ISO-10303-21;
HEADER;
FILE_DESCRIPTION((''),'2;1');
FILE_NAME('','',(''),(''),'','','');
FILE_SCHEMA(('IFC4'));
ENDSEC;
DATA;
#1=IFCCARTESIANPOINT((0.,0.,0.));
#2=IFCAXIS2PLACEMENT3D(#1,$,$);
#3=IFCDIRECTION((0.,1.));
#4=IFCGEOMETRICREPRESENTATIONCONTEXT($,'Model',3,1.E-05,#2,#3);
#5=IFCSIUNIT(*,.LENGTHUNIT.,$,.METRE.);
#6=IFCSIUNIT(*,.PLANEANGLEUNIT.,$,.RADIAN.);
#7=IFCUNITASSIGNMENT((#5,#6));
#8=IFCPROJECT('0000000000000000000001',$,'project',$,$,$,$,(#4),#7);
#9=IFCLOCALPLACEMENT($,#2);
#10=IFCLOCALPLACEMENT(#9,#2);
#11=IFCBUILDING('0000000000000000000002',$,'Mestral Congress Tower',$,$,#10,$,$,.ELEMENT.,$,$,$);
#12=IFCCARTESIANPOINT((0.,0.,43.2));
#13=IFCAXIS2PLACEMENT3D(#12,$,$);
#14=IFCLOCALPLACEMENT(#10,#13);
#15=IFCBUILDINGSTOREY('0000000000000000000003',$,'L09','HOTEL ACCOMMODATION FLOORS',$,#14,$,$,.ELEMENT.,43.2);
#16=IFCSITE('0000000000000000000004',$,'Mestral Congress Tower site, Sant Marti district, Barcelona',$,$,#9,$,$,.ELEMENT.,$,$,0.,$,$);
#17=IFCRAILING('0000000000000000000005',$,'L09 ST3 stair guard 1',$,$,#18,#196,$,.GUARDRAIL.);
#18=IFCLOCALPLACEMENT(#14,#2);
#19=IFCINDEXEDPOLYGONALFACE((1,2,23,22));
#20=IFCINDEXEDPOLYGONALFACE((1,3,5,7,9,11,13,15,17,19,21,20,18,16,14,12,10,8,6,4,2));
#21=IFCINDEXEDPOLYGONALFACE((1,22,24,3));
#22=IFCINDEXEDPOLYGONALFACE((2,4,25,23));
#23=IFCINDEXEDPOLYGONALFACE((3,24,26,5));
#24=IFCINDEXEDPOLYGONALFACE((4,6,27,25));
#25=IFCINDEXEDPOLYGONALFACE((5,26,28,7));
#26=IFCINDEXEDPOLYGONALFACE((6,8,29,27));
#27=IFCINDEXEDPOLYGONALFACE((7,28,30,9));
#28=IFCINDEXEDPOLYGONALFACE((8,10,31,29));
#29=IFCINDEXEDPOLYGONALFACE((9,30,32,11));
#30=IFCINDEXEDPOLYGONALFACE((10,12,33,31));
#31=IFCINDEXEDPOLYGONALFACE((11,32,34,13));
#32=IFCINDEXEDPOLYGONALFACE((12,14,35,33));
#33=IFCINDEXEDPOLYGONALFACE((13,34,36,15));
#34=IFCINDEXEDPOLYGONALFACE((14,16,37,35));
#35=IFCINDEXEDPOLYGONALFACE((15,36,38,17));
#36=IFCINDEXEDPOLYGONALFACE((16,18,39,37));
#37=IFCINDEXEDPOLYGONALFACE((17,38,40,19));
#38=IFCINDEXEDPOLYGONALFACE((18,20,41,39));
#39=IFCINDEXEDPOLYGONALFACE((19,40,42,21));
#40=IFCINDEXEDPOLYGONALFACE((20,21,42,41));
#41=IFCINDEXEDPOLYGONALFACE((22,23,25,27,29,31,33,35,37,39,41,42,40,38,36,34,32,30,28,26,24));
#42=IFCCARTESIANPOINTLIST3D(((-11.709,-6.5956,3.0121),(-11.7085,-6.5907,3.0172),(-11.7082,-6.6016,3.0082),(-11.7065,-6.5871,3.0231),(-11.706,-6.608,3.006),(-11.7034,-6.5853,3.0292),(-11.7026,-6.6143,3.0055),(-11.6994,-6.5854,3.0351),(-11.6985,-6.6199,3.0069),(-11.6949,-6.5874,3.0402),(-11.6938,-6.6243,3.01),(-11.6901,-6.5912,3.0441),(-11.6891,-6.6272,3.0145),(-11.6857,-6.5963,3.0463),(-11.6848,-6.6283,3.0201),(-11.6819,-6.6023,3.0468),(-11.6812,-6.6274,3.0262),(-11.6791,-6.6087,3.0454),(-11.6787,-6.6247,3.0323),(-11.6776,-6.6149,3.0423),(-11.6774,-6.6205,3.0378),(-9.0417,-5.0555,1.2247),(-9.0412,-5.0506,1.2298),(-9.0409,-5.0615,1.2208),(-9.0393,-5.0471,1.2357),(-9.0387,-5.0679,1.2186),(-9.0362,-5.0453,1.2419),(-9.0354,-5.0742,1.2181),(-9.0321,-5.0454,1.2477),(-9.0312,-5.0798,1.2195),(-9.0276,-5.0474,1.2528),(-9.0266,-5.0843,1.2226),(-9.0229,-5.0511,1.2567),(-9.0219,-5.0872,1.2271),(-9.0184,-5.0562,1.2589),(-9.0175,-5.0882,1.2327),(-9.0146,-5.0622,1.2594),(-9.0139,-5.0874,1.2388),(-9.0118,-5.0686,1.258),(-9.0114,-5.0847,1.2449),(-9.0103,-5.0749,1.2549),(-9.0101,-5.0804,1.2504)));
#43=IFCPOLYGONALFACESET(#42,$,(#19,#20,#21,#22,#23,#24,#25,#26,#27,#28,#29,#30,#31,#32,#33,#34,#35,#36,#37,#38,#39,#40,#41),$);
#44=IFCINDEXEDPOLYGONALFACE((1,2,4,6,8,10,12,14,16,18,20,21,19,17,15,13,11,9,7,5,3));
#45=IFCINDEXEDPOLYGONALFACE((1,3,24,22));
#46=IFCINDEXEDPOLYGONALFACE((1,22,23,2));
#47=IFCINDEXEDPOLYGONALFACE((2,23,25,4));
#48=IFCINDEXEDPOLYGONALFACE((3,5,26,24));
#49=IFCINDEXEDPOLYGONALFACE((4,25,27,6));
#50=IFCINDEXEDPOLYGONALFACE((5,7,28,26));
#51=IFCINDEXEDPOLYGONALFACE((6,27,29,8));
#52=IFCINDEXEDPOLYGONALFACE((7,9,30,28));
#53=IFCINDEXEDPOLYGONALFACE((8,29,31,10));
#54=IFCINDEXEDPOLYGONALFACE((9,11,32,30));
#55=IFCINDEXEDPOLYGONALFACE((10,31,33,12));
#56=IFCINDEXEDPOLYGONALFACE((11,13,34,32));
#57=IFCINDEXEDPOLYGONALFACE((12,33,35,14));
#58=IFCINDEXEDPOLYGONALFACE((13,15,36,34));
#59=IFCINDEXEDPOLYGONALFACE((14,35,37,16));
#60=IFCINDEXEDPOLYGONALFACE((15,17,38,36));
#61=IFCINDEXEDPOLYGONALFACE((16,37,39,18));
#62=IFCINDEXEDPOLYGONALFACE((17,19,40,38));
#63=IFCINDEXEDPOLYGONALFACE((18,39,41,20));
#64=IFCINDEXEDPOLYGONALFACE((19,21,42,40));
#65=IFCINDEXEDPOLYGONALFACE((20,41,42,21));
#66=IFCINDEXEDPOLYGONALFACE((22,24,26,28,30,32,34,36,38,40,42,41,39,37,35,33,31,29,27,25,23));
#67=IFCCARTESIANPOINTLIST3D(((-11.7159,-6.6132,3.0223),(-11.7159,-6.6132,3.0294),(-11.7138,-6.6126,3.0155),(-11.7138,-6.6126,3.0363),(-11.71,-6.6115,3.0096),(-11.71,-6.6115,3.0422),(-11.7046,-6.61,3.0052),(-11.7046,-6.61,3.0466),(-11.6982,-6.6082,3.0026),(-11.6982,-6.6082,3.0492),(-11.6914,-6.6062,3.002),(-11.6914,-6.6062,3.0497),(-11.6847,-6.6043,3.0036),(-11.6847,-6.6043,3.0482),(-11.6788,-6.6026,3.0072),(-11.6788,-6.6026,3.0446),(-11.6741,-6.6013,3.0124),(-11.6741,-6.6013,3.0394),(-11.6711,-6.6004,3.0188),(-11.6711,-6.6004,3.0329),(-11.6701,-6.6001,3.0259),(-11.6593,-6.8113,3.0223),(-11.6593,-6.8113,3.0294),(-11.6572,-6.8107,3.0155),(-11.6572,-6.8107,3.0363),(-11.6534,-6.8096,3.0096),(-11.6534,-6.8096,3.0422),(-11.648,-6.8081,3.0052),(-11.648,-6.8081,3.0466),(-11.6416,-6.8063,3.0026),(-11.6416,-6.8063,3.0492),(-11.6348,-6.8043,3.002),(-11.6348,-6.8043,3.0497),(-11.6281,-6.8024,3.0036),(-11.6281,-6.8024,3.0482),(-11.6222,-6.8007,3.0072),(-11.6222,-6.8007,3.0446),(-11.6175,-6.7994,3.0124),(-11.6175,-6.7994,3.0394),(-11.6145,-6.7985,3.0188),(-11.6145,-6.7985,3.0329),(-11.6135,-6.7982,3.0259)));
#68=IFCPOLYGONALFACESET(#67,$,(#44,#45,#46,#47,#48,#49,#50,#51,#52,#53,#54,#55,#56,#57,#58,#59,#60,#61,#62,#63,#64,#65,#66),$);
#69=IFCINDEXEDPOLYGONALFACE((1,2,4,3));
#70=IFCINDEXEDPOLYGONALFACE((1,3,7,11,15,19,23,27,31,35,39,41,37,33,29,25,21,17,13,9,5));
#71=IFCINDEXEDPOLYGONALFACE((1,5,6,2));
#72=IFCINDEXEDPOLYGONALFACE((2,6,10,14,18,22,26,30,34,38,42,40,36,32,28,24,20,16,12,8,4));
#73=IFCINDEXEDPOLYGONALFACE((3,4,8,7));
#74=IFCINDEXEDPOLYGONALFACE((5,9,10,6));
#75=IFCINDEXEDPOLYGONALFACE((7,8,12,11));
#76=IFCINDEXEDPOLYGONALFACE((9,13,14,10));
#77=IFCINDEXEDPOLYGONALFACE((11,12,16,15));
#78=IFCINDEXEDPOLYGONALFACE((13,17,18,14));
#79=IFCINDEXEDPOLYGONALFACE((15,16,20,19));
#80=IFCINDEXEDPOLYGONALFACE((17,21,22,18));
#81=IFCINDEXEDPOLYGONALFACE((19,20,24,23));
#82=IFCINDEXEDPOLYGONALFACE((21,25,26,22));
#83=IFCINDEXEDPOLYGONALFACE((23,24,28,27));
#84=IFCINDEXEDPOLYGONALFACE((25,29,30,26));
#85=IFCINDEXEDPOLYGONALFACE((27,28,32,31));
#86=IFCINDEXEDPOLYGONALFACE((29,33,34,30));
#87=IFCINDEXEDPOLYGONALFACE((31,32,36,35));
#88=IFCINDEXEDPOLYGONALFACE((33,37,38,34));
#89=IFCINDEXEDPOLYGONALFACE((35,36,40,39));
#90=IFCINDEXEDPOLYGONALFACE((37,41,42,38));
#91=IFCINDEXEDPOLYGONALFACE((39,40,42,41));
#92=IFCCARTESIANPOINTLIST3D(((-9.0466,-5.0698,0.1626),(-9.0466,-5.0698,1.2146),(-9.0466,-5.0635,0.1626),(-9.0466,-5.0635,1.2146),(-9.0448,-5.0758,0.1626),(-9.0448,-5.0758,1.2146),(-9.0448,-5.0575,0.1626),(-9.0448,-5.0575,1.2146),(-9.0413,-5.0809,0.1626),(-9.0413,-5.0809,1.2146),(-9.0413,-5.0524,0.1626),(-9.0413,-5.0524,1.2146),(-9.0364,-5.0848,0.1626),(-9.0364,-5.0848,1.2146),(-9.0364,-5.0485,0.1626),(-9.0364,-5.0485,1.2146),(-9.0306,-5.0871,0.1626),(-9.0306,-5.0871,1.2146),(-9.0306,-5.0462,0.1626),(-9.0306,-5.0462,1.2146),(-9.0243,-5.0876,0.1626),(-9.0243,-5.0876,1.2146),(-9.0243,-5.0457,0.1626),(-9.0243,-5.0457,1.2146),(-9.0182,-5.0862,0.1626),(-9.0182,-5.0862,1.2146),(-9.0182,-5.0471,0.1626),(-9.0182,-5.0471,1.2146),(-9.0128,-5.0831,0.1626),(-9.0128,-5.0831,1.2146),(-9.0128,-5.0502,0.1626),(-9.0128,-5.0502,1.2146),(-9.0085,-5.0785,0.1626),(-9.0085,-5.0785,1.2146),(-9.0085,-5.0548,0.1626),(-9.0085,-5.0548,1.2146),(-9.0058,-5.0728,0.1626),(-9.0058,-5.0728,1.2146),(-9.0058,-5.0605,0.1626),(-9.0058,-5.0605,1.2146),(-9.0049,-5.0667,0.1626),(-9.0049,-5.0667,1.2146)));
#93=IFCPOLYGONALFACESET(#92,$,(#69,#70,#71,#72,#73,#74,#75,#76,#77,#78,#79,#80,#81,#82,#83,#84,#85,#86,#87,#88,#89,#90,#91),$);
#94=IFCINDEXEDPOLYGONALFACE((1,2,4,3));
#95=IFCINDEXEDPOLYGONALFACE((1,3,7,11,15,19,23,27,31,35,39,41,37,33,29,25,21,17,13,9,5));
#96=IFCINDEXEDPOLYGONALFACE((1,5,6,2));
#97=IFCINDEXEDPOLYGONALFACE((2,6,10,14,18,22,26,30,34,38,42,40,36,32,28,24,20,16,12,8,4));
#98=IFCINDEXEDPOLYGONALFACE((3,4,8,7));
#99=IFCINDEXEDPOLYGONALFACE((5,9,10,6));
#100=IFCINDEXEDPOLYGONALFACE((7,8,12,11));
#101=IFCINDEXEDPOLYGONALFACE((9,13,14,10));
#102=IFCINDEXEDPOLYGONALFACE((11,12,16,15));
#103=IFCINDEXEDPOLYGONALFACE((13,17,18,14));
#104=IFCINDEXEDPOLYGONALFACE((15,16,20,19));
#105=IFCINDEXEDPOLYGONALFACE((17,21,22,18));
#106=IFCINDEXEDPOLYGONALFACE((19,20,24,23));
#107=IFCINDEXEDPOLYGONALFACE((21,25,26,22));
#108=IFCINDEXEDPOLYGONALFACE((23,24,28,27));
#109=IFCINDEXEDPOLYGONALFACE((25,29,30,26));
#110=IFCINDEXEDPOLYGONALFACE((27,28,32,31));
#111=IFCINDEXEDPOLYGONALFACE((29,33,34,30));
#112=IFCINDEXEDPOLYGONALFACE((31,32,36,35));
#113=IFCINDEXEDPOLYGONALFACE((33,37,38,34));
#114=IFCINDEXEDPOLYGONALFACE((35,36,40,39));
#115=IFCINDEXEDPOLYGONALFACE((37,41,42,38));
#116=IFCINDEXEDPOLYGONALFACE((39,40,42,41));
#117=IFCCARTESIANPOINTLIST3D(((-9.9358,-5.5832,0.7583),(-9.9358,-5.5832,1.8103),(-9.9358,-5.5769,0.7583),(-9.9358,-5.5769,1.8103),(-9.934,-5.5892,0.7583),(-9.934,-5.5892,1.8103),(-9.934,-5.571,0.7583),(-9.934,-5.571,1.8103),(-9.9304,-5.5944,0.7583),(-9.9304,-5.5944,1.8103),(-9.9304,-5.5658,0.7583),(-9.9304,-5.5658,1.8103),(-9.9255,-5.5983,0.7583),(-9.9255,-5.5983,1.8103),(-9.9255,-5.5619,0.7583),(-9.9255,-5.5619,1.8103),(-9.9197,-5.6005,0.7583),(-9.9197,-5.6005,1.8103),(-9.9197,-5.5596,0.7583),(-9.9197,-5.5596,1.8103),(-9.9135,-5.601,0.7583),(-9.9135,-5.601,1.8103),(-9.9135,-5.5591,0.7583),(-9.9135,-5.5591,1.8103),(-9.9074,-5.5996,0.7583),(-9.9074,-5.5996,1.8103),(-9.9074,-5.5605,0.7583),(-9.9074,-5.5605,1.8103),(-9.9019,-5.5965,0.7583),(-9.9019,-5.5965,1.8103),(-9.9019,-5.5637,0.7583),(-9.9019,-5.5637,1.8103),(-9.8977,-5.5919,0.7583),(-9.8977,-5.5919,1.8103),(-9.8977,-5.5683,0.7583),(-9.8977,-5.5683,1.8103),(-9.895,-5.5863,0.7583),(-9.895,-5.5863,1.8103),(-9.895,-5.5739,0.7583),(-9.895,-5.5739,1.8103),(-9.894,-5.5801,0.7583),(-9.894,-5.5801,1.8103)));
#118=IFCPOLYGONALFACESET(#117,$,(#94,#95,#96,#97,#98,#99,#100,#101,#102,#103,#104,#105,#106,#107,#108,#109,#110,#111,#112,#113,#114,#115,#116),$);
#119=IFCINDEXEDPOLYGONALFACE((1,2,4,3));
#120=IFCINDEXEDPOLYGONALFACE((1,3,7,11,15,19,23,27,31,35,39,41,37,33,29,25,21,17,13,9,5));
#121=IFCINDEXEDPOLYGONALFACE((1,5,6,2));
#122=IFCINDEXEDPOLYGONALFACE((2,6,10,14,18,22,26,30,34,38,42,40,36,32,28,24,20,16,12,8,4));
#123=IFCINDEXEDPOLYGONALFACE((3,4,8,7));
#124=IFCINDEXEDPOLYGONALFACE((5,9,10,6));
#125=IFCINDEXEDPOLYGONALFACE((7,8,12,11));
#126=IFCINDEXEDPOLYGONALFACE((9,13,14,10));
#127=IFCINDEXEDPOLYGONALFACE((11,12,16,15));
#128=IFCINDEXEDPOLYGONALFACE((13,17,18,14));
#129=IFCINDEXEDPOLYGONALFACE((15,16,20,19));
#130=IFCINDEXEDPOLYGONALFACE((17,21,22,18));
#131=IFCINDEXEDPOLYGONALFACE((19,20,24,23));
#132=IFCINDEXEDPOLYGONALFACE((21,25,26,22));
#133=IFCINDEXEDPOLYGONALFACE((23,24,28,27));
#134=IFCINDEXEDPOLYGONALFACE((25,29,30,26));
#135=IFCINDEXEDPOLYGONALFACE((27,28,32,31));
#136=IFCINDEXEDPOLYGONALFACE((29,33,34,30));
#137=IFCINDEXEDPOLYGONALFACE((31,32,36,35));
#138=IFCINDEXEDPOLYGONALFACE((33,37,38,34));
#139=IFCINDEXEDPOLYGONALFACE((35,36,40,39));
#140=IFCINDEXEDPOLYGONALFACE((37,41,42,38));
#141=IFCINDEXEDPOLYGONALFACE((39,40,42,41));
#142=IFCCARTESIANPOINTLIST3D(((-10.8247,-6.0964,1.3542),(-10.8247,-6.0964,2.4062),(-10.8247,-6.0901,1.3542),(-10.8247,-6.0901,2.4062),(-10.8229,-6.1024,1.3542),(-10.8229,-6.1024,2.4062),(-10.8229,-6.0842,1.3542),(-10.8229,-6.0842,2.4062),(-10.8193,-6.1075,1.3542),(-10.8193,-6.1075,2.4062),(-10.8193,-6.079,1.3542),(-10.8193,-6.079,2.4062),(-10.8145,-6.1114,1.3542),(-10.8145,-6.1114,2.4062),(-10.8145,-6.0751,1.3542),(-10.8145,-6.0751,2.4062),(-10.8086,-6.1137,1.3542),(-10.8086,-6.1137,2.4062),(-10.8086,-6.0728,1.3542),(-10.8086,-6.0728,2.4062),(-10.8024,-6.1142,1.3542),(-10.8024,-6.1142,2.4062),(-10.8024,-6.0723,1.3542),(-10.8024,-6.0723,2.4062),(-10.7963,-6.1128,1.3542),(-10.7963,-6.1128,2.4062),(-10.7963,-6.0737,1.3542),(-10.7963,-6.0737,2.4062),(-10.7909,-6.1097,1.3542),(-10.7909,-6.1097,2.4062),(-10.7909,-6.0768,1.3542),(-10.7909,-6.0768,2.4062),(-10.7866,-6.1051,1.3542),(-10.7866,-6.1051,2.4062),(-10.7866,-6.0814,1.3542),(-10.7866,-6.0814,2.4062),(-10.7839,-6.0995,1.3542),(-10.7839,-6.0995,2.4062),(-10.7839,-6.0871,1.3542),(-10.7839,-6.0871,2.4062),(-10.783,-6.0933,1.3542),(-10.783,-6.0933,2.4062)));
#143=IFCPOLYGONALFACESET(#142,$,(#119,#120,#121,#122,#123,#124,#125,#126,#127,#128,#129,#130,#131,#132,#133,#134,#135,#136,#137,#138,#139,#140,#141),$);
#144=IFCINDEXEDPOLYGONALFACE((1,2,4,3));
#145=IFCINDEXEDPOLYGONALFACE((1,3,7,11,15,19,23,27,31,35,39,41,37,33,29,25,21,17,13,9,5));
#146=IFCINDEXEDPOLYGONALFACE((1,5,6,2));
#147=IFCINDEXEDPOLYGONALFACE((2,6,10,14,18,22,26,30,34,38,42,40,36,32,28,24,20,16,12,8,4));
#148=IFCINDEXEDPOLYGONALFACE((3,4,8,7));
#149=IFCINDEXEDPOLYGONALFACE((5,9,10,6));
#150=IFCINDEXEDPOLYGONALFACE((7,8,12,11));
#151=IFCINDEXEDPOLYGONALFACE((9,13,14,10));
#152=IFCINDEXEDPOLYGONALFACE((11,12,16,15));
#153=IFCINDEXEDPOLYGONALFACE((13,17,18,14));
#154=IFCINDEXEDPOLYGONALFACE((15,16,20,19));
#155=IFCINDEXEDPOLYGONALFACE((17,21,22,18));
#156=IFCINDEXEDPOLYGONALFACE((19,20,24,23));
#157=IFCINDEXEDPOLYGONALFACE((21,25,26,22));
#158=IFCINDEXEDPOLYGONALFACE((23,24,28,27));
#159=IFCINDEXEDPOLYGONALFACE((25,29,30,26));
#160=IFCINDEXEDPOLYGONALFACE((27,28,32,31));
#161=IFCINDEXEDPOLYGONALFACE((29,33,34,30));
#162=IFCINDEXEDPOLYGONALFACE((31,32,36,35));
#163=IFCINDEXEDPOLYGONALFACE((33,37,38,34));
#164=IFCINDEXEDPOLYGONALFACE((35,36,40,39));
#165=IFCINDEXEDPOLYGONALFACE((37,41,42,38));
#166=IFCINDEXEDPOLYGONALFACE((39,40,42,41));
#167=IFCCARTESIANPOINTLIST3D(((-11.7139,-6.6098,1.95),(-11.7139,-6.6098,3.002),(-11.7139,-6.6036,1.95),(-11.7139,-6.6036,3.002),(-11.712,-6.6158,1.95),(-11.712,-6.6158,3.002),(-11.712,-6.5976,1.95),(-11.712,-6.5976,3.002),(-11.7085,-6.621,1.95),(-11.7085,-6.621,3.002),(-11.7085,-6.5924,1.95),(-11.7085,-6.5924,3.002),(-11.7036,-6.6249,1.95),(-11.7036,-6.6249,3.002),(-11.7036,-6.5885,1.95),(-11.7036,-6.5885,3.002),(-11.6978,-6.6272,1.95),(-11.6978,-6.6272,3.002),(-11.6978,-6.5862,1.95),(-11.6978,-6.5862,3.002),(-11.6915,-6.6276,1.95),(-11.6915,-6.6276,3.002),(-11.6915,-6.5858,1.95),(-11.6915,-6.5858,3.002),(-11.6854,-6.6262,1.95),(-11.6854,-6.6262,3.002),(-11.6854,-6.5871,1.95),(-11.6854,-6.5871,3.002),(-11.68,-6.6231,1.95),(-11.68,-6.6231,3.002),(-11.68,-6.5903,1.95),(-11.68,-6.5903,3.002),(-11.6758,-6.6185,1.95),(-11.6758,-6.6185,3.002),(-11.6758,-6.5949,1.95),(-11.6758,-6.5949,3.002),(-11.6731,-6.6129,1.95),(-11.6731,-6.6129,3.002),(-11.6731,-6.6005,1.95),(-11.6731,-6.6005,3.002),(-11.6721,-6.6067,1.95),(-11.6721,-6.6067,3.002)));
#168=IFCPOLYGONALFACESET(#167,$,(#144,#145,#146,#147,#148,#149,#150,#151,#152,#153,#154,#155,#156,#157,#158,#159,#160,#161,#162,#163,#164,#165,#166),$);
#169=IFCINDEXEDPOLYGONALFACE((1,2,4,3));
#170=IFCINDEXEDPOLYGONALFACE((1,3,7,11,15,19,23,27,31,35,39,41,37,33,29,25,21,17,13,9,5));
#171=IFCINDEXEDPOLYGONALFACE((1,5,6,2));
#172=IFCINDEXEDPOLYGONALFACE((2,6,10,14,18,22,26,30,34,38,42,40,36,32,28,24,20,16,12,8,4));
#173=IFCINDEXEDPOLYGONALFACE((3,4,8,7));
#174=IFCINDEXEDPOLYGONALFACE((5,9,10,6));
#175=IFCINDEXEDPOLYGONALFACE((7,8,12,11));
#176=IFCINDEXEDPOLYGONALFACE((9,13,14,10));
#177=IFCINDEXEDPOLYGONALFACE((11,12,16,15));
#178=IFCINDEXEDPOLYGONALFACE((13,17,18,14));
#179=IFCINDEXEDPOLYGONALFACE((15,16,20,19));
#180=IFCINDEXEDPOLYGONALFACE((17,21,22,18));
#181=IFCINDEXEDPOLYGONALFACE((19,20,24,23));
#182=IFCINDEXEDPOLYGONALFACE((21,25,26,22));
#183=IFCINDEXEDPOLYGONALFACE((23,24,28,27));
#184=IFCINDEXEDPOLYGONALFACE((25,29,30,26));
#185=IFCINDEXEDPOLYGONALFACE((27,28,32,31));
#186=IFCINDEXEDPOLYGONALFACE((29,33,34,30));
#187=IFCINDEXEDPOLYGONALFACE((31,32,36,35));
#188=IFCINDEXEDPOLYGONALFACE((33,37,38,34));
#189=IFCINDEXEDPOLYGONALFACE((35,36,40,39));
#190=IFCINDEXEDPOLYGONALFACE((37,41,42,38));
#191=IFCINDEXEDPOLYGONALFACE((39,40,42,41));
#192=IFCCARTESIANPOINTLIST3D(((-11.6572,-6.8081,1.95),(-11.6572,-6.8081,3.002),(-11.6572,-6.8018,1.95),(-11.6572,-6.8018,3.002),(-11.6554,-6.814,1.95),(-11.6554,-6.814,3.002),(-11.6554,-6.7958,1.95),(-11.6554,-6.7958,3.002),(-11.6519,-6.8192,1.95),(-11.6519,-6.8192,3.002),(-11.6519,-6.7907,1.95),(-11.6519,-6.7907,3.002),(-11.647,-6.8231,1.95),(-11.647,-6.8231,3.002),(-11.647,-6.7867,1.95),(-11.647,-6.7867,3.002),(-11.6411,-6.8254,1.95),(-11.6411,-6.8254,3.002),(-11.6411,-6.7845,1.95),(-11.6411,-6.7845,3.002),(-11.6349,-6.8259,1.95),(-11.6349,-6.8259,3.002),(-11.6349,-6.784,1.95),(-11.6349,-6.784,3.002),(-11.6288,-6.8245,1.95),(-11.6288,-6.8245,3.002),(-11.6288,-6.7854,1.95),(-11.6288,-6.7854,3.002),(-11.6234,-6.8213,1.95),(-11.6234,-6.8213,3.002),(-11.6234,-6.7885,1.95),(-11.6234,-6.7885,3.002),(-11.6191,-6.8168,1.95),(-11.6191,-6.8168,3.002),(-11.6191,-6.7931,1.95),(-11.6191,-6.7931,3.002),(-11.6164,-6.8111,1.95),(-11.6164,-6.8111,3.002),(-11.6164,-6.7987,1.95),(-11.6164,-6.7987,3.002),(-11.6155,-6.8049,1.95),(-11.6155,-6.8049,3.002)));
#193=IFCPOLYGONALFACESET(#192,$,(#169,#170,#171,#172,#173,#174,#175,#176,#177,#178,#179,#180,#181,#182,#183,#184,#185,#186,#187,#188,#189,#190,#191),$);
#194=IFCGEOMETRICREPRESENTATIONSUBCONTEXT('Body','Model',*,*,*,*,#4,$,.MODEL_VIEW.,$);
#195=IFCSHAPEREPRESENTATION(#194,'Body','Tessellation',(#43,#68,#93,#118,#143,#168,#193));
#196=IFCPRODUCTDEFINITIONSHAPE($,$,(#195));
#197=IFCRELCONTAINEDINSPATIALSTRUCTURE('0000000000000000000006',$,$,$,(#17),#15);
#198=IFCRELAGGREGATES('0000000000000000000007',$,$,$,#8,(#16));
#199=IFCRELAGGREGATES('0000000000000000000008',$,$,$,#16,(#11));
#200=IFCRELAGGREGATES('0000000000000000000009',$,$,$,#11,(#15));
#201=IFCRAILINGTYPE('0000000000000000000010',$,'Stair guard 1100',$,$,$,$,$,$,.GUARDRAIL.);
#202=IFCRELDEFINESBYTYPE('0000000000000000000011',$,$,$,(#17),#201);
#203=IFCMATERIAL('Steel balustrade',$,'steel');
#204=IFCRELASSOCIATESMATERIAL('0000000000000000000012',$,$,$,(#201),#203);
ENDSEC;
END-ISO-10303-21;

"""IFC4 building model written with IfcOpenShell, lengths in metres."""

from ifc_helpers import new_model, si_unit, direction, frame, origin, origin_2d, place, context, subcontext, project, spatial, circle, extrude, material, type_object, element, save


model = new_model("IFC4")

# Units and contexts
model_context = context("Model", 3, precision=1e-05, world=origin(), true_north=direction((0.0, 1.0)))
body_context = subcontext(model_context, "Body", "Model", "MODEL_VIEW")
ifc_project = project(units=[si_unit("LENGTHUNIT", "METRE"), si_unit("PLANEANGLEUNIT", "RADIAN")], contexts=[model_context])

# Site, building, storey
site_placement = place(None, origin())
site = spatial("IfcSite", under=ifc_project, at=site_placement, Name="Mestral Congress Tower site, Sant Marti district, Barcelona", CompositionType="ELEMENT", RefElevation=0.0)
building_placement = place(site_placement, origin())
building = spatial("IfcBuilding", under=site, at=building_placement, Name="Mestral Congress Tower", CompositionType="ELEMENT")
storey_placement = place(building_placement, frame((0.0, 0.0, 43.2)))
storey = spatial("IfcBuildingStorey", under=building, at=storey_placement, Name="L09", Description="HOTEL ACCOMMODATION FLOORS", CompositionType="ELEMENT", Elevation=43.2)

# Railing
ifc_material_1 = material(Name="Steel balustrade", Category="steel")
railing_type_1 = type_object("IfcRailingType", Name="Stair guard 1100", PredefinedType="GUARDRAIL", material=ifc_material_1)
railing_1_placement = place(storey_placement, frame((-9.0259, -5.0667, 0.1626)))
element("IfcRailing", 1, at=railing_1_placement, inside=storey, type_object=railing_type_1, Name="L09 ST3 stair guard 1", PredefinedType="GUARDRAIL", context=body_context, shape_type="SweptSolid", body=[
    extrude(circle(Radius=0.0239, at=origin_2d()), frame((0.0, 0.0, 1.0762), z_axis=(-0.74902, -0.432477, 0.501929), x_axis=(0.500027, -0.86601, 0.0)), (0.0, 0.0, 1.0), 3.561),
    extrude(circle(Radius=0.0239, at=origin_2d()), frame((-2.6672, -1.54, 2.8633), z_axis=(0.274721, -0.961524, 0.0), x_axis=(0.961524, 0.274721, 0.0)), (0.0, 0.0, 1.0), 0.2061),
    extrude(circle(Radius=0.021, at=origin_2d()), origin(), (0.0, 0.0, 1.0), 1.052),
    extrude(circle(Radius=0.021, at=origin_2d()), frame((-0.8892, -0.5134, 0.5957)), (0.0, 0.0, 1.0), 1.052),
    extrude(circle(Radius=0.021, at=origin_2d()), frame((-1.7781, -1.0266, 1.1917)), (0.0, 0.0, 1.0), 1.052),
    extrude(circle(Radius=0.021, at=origin_2d()), frame((-2.6672, -1.54, 1.7874)), (0.0, 0.0, 1.0), 1.052),
    extrude(circle(Radius=0.021, at=origin_2d()), frame((-2.6106, -1.7383, 1.7874)), (0.0, 0.0, 1.0), 1.052),
])

save(model, "model.ifc")
